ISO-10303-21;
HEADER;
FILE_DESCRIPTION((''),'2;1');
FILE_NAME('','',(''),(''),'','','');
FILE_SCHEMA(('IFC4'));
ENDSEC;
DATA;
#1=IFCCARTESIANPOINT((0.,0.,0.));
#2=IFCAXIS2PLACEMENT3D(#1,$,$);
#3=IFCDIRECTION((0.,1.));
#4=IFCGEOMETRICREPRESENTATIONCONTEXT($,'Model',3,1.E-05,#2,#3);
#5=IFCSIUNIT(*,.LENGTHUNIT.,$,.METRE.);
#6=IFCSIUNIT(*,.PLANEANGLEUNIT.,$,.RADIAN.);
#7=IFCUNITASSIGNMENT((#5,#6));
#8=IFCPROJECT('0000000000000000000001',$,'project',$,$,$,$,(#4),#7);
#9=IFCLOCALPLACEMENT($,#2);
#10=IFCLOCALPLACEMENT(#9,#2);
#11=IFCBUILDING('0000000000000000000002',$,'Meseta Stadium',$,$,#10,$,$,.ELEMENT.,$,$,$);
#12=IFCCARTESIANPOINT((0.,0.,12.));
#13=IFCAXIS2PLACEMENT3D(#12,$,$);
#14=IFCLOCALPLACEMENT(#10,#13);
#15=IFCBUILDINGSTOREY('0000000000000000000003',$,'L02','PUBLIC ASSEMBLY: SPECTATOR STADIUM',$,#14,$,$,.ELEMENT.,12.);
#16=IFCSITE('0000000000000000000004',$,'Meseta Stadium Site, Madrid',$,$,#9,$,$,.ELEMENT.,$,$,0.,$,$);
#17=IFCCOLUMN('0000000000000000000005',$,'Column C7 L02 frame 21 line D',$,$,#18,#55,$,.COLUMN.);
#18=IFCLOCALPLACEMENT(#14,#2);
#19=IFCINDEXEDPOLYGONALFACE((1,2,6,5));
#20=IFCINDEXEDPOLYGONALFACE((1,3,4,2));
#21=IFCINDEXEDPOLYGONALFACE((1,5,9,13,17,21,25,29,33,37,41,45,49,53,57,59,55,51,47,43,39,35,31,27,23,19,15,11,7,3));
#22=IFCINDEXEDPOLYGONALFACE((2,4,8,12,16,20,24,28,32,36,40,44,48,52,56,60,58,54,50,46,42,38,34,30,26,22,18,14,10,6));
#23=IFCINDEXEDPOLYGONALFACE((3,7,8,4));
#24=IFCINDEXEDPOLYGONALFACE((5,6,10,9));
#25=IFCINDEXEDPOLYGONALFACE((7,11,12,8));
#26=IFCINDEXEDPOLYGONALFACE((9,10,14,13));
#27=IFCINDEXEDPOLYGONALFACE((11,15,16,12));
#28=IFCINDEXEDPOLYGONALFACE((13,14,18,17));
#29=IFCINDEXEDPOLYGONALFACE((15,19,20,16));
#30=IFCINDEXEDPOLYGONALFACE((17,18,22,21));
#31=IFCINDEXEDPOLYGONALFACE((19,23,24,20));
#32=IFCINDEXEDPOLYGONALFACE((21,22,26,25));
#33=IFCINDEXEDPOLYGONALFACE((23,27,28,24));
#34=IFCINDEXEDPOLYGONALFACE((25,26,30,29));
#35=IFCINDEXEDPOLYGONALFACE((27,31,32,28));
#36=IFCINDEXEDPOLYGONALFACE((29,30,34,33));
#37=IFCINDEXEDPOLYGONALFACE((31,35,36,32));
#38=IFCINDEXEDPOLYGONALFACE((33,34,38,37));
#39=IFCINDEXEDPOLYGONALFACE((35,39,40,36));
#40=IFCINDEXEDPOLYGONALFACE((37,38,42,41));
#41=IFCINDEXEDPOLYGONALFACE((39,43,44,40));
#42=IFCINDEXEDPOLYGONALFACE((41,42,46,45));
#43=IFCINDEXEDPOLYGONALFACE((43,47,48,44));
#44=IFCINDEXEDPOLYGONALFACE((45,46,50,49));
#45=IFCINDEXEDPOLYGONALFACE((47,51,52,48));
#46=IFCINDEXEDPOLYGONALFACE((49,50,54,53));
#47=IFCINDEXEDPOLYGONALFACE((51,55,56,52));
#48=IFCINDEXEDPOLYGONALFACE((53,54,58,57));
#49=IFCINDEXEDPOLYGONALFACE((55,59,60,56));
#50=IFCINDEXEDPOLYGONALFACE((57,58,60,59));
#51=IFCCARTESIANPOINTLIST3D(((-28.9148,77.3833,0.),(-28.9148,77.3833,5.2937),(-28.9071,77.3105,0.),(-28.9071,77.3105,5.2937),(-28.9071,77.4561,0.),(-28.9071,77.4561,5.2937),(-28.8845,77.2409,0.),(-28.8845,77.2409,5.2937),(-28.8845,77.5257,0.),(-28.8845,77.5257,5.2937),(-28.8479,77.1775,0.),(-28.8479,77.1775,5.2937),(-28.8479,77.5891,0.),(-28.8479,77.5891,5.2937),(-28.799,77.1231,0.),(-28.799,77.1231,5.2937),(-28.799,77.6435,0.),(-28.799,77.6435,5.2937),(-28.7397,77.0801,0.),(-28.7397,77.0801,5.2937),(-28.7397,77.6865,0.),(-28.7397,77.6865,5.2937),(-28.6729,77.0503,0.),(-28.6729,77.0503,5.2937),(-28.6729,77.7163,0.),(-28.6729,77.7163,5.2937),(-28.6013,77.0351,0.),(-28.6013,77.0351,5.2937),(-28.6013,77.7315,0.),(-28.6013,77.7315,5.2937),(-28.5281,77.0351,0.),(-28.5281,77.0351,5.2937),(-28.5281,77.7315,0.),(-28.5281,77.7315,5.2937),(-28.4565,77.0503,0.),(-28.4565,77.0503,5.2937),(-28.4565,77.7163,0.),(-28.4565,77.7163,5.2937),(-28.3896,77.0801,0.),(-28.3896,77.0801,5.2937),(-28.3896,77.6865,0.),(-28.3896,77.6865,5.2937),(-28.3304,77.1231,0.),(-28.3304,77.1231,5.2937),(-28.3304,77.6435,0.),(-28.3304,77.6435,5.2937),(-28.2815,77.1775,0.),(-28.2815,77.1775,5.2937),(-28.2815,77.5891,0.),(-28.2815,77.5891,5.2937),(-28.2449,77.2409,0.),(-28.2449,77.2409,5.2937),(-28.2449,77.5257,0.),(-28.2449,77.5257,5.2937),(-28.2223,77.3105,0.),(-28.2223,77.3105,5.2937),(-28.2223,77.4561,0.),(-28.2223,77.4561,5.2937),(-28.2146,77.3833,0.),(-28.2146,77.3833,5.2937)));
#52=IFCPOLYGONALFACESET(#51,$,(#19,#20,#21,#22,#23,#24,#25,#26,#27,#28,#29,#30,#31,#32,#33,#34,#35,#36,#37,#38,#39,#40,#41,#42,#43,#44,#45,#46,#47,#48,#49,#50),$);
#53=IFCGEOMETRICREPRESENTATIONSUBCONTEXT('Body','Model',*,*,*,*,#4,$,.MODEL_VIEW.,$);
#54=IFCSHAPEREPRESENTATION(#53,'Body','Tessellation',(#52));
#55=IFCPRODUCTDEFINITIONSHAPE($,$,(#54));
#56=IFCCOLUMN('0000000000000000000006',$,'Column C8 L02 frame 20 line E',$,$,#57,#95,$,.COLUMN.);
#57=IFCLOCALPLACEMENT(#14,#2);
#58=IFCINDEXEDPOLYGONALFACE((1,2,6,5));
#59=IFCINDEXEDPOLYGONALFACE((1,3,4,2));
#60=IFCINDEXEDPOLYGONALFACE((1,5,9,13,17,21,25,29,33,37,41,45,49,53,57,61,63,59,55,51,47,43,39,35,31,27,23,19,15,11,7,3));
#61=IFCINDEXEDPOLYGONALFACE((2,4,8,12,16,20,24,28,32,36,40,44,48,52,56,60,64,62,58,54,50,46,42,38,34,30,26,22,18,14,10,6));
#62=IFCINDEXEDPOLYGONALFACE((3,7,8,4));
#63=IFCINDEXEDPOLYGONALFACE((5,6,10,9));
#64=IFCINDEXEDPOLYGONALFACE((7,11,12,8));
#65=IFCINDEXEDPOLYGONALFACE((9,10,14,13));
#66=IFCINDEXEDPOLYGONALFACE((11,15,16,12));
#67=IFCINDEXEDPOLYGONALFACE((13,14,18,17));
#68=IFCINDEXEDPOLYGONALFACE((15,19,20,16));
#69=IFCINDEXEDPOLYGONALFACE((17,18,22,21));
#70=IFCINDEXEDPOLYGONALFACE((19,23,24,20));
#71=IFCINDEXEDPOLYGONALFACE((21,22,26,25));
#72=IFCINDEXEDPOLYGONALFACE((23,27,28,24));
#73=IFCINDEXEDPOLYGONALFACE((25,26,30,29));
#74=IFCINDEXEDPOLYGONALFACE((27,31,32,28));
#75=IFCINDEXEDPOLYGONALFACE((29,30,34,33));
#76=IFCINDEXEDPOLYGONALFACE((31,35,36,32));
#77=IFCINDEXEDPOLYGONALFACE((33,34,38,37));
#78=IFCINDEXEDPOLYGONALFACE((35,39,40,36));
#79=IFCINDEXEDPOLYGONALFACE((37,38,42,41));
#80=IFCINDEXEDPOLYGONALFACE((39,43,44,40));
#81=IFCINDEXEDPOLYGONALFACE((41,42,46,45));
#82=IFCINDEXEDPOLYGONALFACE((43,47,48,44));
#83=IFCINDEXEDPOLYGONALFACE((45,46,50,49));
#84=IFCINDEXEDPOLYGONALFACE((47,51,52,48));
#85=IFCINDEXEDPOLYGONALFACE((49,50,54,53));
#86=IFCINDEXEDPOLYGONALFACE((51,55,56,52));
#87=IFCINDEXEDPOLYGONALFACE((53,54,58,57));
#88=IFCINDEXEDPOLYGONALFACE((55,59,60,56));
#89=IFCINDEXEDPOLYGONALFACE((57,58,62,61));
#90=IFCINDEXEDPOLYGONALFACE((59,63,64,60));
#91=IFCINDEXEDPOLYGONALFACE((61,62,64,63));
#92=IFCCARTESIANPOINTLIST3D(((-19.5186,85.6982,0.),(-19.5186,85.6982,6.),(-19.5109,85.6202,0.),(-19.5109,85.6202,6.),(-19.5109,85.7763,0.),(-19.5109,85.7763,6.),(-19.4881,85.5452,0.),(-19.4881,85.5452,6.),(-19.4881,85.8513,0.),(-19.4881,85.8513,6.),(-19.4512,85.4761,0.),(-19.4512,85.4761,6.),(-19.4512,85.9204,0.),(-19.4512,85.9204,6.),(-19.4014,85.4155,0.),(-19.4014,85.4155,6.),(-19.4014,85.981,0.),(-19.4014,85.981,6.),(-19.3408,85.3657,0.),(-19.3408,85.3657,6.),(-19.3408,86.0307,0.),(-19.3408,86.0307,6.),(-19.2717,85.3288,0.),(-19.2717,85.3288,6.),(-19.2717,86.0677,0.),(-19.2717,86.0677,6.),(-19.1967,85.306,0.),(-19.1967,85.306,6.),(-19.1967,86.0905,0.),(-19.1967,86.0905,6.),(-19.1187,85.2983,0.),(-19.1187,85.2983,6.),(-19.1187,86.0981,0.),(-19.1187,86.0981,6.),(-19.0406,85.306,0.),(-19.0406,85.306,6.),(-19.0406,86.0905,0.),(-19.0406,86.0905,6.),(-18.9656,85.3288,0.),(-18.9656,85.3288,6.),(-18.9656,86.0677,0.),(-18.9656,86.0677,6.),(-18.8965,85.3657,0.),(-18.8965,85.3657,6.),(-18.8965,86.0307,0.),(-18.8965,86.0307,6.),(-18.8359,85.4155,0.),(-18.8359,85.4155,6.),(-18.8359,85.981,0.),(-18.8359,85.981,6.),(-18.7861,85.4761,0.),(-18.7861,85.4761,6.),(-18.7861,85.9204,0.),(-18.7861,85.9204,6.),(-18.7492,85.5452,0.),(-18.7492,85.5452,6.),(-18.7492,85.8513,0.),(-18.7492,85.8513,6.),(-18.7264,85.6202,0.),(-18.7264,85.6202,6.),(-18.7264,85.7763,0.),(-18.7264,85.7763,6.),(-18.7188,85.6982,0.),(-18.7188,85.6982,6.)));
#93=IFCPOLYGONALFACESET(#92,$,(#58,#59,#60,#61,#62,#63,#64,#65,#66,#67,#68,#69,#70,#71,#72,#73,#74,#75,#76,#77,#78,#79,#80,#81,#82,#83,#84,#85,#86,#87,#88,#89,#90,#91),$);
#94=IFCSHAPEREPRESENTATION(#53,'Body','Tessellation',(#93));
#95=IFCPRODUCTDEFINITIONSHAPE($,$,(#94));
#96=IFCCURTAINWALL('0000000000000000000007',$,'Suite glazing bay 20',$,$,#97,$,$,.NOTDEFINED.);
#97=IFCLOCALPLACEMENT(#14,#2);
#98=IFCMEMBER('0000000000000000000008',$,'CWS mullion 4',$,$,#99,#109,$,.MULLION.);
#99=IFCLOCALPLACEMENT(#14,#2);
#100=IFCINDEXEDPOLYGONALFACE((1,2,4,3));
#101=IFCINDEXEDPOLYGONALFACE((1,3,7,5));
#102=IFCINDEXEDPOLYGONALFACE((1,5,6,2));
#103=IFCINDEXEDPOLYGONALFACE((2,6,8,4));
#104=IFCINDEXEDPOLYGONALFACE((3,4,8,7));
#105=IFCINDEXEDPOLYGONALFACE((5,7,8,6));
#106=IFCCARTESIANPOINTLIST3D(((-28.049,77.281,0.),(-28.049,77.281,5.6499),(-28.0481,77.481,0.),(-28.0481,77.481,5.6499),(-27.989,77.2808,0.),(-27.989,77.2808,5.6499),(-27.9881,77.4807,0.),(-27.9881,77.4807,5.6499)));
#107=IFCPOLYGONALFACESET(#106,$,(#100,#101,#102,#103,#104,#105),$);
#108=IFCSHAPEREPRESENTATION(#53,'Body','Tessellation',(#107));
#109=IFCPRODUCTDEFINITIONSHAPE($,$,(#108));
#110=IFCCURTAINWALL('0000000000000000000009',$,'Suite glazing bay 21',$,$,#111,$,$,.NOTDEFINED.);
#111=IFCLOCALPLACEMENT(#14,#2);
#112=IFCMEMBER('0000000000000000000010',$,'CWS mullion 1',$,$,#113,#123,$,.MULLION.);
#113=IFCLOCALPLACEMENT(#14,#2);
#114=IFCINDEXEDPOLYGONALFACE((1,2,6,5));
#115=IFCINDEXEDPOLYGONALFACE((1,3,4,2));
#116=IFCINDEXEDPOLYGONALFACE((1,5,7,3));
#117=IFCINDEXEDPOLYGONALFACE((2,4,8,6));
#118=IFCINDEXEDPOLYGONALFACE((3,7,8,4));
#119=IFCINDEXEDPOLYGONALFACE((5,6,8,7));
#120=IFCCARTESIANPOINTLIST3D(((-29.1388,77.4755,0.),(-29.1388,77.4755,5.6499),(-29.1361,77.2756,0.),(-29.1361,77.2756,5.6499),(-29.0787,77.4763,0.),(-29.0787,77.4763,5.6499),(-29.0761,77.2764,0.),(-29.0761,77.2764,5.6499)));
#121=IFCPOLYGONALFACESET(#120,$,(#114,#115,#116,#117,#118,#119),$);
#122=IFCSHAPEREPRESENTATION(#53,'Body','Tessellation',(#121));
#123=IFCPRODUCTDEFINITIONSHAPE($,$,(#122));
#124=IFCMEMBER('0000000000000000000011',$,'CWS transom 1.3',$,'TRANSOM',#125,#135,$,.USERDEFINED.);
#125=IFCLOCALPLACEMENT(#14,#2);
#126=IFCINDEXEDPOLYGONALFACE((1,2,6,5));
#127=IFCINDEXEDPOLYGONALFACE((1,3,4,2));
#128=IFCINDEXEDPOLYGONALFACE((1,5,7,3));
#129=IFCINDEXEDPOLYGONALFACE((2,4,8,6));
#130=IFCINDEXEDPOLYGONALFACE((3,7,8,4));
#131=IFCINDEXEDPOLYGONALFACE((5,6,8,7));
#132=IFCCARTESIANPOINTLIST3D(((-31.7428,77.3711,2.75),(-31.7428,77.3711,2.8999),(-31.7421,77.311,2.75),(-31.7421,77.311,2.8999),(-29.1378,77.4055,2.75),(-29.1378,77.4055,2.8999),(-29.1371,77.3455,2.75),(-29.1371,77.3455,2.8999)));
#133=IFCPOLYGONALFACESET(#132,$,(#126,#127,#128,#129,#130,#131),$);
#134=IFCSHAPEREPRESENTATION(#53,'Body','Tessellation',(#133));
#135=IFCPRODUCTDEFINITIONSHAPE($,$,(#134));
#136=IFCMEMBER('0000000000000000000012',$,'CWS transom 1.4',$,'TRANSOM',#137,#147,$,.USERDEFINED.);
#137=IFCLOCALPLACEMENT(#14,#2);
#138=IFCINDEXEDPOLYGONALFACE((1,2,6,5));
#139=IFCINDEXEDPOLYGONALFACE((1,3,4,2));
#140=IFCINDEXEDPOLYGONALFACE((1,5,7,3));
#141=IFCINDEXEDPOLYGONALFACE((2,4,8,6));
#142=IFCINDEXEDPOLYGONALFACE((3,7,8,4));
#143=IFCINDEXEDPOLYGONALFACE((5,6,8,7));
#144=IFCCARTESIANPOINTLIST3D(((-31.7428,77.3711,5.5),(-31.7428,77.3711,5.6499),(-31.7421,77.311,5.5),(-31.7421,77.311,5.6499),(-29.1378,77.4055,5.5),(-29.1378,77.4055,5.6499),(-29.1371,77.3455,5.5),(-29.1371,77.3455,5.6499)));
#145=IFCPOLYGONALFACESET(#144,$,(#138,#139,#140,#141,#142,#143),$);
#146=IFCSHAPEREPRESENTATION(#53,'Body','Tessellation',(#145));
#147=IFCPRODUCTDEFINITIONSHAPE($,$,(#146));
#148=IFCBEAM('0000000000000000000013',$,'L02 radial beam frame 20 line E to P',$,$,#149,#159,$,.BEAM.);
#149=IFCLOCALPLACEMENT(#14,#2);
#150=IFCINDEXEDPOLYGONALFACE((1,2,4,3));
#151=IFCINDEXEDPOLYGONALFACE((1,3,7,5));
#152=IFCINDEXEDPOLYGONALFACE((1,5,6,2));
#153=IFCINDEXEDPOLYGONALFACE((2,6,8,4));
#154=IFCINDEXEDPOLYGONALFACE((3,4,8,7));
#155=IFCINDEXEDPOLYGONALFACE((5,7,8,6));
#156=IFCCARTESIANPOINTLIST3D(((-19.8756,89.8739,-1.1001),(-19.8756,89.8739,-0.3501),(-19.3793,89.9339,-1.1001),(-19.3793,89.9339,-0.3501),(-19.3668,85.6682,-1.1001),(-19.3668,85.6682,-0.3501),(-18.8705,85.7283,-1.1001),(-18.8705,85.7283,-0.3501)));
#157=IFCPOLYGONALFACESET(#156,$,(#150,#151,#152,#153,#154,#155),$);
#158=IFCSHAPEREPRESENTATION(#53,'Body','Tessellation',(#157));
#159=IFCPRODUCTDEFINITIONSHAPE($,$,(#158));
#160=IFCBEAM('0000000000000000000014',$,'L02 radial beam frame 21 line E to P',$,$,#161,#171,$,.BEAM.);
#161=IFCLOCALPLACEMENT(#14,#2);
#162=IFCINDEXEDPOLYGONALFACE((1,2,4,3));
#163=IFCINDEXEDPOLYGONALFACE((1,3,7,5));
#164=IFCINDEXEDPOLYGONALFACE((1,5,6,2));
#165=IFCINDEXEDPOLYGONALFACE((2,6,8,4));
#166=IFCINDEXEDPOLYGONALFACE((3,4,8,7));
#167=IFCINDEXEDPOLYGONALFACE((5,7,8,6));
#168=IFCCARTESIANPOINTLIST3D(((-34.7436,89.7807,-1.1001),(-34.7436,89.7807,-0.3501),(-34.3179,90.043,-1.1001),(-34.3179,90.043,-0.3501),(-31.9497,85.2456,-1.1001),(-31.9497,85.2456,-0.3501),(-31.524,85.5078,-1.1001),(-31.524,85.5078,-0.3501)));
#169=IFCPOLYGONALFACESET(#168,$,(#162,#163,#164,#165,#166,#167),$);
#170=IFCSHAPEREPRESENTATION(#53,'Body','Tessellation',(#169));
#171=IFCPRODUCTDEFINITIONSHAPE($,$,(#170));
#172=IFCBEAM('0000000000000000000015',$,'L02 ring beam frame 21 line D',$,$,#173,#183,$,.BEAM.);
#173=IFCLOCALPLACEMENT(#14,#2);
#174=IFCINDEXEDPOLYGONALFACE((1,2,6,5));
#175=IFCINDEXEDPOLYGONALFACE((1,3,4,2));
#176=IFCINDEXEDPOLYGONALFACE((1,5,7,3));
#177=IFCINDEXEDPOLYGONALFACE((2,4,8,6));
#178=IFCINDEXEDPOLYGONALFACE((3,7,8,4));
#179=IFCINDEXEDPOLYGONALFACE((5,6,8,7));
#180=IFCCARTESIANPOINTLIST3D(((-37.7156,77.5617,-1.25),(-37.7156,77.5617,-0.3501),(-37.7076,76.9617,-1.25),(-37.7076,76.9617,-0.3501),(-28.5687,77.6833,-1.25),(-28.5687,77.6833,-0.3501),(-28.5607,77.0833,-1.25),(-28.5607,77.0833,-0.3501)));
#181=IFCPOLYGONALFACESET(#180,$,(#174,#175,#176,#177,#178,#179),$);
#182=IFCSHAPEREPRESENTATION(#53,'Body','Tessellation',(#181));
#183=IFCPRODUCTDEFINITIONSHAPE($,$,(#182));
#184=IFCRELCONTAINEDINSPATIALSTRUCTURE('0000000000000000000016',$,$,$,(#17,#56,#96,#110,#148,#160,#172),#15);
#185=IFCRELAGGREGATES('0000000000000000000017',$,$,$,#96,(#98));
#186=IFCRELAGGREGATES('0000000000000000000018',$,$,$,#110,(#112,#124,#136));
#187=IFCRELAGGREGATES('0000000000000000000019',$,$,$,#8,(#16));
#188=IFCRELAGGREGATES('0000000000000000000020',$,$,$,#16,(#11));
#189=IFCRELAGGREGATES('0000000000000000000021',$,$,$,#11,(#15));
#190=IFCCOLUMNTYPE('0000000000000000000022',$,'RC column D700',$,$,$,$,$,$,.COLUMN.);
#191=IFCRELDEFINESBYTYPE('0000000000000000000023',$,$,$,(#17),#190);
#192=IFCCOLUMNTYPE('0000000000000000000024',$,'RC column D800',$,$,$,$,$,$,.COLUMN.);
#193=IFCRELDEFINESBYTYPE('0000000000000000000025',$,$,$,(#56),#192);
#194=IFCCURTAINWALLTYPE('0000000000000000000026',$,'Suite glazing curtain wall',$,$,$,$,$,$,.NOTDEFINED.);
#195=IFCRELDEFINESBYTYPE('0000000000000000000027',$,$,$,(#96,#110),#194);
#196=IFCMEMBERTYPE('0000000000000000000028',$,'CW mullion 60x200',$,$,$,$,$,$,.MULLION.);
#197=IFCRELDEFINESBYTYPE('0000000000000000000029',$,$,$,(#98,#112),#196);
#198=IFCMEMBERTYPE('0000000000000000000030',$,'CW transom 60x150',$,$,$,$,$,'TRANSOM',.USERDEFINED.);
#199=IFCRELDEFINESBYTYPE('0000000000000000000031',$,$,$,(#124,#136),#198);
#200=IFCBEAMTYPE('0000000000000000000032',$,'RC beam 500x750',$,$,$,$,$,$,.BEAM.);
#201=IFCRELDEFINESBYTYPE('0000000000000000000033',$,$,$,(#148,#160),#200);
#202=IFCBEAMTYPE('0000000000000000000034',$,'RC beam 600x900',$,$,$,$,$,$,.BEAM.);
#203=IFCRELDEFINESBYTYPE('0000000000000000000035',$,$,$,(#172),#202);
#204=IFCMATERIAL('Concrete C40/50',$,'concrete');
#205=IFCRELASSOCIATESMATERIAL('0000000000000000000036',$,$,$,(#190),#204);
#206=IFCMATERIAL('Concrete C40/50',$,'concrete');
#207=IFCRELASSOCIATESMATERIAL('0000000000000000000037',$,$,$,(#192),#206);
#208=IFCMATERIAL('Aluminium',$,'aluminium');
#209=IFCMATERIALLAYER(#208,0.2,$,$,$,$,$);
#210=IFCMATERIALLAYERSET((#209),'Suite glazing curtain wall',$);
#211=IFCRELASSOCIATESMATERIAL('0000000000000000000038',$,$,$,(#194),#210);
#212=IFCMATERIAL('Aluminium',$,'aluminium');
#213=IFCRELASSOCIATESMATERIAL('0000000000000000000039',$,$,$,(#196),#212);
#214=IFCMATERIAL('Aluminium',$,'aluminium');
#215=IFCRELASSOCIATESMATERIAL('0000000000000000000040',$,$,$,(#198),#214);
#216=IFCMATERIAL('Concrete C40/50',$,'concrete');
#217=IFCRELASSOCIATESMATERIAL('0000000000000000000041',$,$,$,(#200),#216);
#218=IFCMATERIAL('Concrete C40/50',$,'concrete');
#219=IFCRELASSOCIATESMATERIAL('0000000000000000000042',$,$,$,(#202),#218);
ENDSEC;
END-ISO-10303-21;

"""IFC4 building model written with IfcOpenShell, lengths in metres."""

from ifc_helpers import new_model, si_unit, direction, frame, origin, origin_2d, place, context, subcontext, project, spatial, rectangle, circle, extrude, material, layer, layer_set, material_profile, profile_set, type_object, element, aggregate, save


model = new_model("IFC4")

# Units and contexts
model_context = context("Model", 3, precision=1e-05, world=origin(), true_north=direction((0.0, 1.0)))
body_context = subcontext(model_context, "Body", "Model", "MODEL_VIEW")
ifc_project = project(units=[si_unit("LENGTHUNIT", "METRE"), si_unit("PLANEANGLEUNIT", "RADIAN")], contexts=[model_context])

# Site, building, storey
site_placement = place(None, origin())
site = spatial("IfcSite", under=ifc_project, at=site_placement, Name="Meseta Stadium Site, Madrid", CompositionType="ELEMENT", RefElevation=0.0)
building_placement = place(site_placement, origin())
building = spatial("IfcBuilding", under=site, at=building_placement, Name="Meseta Stadium", CompositionType="ELEMENT")
storey_placement = place(building_placement, frame((0.0, 0.0, 12.0)))
storey = spatial("IfcBuildingStorey", under=building, at=storey_placement, Name="L02", Description="PUBLIC ASSEMBLY: SPECTATOR STADIUM", CompositionType="ELEMENT", Elevation=12.0)

# Columns
ifc_material_1 = material(Name="Concrete C40/50", Category="concrete")
ifc_material_profile_1 = material_profile(ifc_material_1, circle(Radius=0.3501, at=origin_2d()), Name="RC D700")
ifc_profile_set_1 = profile_set([ifc_material_profile_1], Name="Concrete C40/50")
column_type_1 = type_object("IfcColumnType", Name="RC column D700", PredefinedType="COLUMN", material=ifc_profile_set_1)
column_1_placement = place(storey_placement, frame((-28.5647, 77.3833, 0.0), z_axis=(0.0, 0.0, 1.0), x_axis=(1.0, 0.0, 0.0)))
element("IfcColumn", 1, at=column_1_placement, inside=storey, type_object=column_type_1, Name="Column C7 L02 frame 21 line D", PredefinedType="COLUMN", context=body_context, shape_type="SweptSolid", body=[
    extrude(circle(Radius=0.3501, at=origin_2d()), origin(), (0.0, 0.0, 1.0), 5.2937),
])
ifc_material_2 = material(Name="Concrete C40/50", Category="concrete")
ifc_material_profile_2 = material_profile(ifc_material_2, circle(Radius=0.3999, at=origin_2d()), Name="RC D800")
ifc_profile_set_2 = profile_set([ifc_material_profile_2], Name="Concrete C40/50")
column_type_2 = type_object("IfcColumnType", Name="RC column D800", PredefinedType="COLUMN", material=ifc_profile_set_2)
column_2_placement = place(storey_placement, frame((-19.1187, 85.6982, 0.0), z_axis=(0.0, 0.0, 1.0), x_axis=(1.0, 0.0, 0.0)))
element("IfcColumn", 2, at=column_2_placement, inside=storey, type_object=column_type_2, Name="Column C8 L02 frame 20 line E", PredefinedType="COLUMN", context=body_context, shape_type="SweptSolid", body=[
    extrude(circle(Radius=0.3999, at=origin_2d()), origin(), (0.0, 0.0, 1.0), 6.0),
])

# Curtain wall, member
ifc_material_3 = material(Name="Aluminium", Category="aluminium")
ifc_layer_1 = layer(ifc_material_3, 0.2)
ifc_layer_set_1 = layer_set([ifc_layer_1], Name="Suite glazing curtain wall")
curtain_wall_type = type_object("IfcCurtainWallType", Name="Suite glazing curtain wall", PredefinedType="NOTDEFINED", material=ifc_layer_set_1)
curtain_wall_1_placement = place(storey_placement, origin())
curtain_wall_1 = element("IfcCurtainWall", 3, at=curtain_wall_1_placement, inside=storey, type_object=curtain_wall_type, Name="Suite glazing bay 20", PredefinedType="NOTDEFINED")
ifc_material_4 = material(Name="Aluminium", Category="aluminium")
ifc_material_profile_3 = material_profile(ifc_material_4, rectangle(XDim=0.2, YDim=0.0601, at=origin_2d()), Name="CW 200x60")
ifc_profile_set_3 = profile_set([ifc_material_profile_3], Name="Aluminium")
member_type_1 = type_object("IfcMemberType", Name="CW mullion 60x200", PredefinedType="MULLION", material=ifc_profile_set_3)
member_1_placement = place(storey_placement, frame((-28.0186, 77.3809, 0.0), z_axis=(0.0, 0.0, 1.0), x_axis=(-0.004469, -0.99999, 0.0)))
member_1 = element("IfcMember", 4, at=member_1_placement, type_object=member_type_1, Name="CWS mullion 4", PredefinedType="MULLION", context=body_context, shape_type="SweptSolid", body=[
    extrude(rectangle(XDim=0.2, YDim=0.0601, at=origin_2d()), origin(), (0.0, 0.0, 1.0), 5.6499),
])
aggregate(curtain_wall_1, [member_1])

# Curtain wall, members
curtain_wall_2_placement = place(storey_placement, origin())
curtain_wall_2 = element("IfcCurtainWall", 5, at=curtain_wall_2_placement, inside=storey, type_object=curtain_wall_type, Name="Suite glazing bay 21", PredefinedType="NOTDEFINED")
member_2_placement = place(storey_placement, frame((-29.1074, 77.376, 0.0), z_axis=(0.0, 0.0, 1.0), x_axis=(0.013281, -0.999912, 0.0)))
member_2 = element("IfcMember", 6, at=member_2_placement, type_object=member_type_1, Name="CWS mullion 1", PredefinedType="MULLION", context=body_context, shape_type="SweptSolid", body=[
    extrude(rectangle(XDim=0.2, YDim=0.0601, at=origin_2d()), origin(), (0.0, 0.0, 1.0), 5.6499),
])
ifc_material_5 = material(Name="Aluminium", Category="aluminium")
ifc_material_profile_4 = material_profile(ifc_material_5, rectangle(XDim=0.0601, YDim=0.1499, at=origin_2d()), Name="CW 60x150")
ifc_profile_set_4 = profile_set([ifc_material_profile_4], Name="Aluminium")
member_type_2 = type_object("IfcMemberType", Name="CW transom 60x150", ElementType="TRANSOM", PredefinedType="USERDEFINED", material=ifc_profile_set_4)
member_3_placement = place(storey_placement, frame((-29.1375, 77.3755, 2.825), z_axis=(-0.999913, -0.013213, 0.0), x_axis=(0.013213, -0.999913, 0.0)))
member_3 = element("IfcMember", 7, at=member_3_placement, type_object=member_type_2, Name="CWS transom 1.3", ObjectType="TRANSOM", PredefinedType="USERDEFINED", context=body_context, shape_type="SweptSolid", body=[
    extrude(rectangle(XDim=0.0601, YDim=0.1499, at=origin_2d()), origin(), (0.0, 0.0, 1.0), 2.6052),
])
member_4_placement = place(storey_placement, frame((-29.1375, 77.3755, 5.575), z_axis=(-0.999913, -0.013213, 0.0), x_axis=(0.013213, -0.999913, 0.0)))
member_4 = element("IfcMember", 8, at=member_4_placement, type_object=member_type_2, Name="CWS transom 1.4", ObjectType="TRANSOM", PredefinedType="USERDEFINED", context=body_context, shape_type="SweptSolid", body=[
    extrude(rectangle(XDim=0.0601, YDim=0.1499, at=origin_2d()), origin(), (0.0, 0.0, 1.0), 2.6052),
])
aggregate(curtain_wall_2, [member_2, member_3, member_4])

# Beams
ifc_material_6 = material(Name="Concrete C40/50", Category="concrete")
ifc_material_profile_5 = material_profile(ifc_material_6, rectangle(XDim=0.5, YDim=0.75, at=origin_2d()), Name="RC 500x750")
ifc_profile_set_5 = profile_set([ifc_material_profile_5], Name="Concrete C40/50")
beam_type_1 = type_object("IfcBeamType", Name="RC beam 500x750", PredefinedType="BEAM", material=ifc_profile_set_5)
beam_1_placement = place(storey_placement, frame((-19.1187, 85.6982, -0.7251), z_axis=(-0.120104, 0.992761, 0.0), x_axis=(-0.992761, -0.120104, 0.0)))
element("IfcBeam", 9, at=beam_1_placement, inside=storey, type_object=beam_type_1, Name="L02 radial beam frame 20 line E to P", PredefinedType="BEAM", context=body_context, shape_type="SweptSolid", body=[
    extrude(rectangle(XDim=0.5, YDim=0.75, at=origin_2d()), origin(), (0.0, 0.0, 1.0), 4.2363),
])
beam_2_placement = place(storey_placement, frame((-31.7368, 85.3767, -0.7251), z_axis=(-0.524517, 0.8514, 0.0), x_axis=(-0.8514, -0.524517, 0.0)))
element("IfcBeam", 10, at=beam_2_placement, inside=storey, type_object=beam_type_1, Name="L02 radial beam frame 21 line E to P", PredefinedType="BEAM", context=body_context, shape_type="SweptSolid", body=[
    extrude(rectangle(XDim=0.5, YDim=0.75, at=origin_2d()), origin(), (0.0, 0.0, 1.0), 5.3267),
])
ifc_material_7 = material(Name="Concrete C40/50", Category="concrete")
ifc_material_profile_6 = material_profile(ifc_material_7, rectangle(XDim=0.6001, YDim=0.8999, at=origin_2d()), Name="RC 600x900")
ifc_profile_set_6 = profile_set([ifc_material_profile_6], Name="Concrete C40/50")
beam_type_2 = type_object("IfcBeamType", Name="RC beam 600x900", PredefinedType="BEAM", material=ifc_profile_set_6)
beam_3_placement = place(storey_placement, frame((-28.5647, 77.3833, -0.8), z_axis=(-0.999912, -0.013291, 0.0), x_axis=(0.013291, -0.999912, 0.0)))
element("IfcBeam", 11, at=beam_3_placement, inside=storey, type_object=beam_type_2, Name="L02 ring beam frame 21 line D", PredefinedType="BEAM", context=body_context, shape_type="SweptSolid", body=[
    extrude(rectangle(XDim=0.6001, YDim=0.8999, at=origin_2d()), origin(), (0.0, 0.0, 1.0), 9.1477),
])

save(model, "model.ifc")
